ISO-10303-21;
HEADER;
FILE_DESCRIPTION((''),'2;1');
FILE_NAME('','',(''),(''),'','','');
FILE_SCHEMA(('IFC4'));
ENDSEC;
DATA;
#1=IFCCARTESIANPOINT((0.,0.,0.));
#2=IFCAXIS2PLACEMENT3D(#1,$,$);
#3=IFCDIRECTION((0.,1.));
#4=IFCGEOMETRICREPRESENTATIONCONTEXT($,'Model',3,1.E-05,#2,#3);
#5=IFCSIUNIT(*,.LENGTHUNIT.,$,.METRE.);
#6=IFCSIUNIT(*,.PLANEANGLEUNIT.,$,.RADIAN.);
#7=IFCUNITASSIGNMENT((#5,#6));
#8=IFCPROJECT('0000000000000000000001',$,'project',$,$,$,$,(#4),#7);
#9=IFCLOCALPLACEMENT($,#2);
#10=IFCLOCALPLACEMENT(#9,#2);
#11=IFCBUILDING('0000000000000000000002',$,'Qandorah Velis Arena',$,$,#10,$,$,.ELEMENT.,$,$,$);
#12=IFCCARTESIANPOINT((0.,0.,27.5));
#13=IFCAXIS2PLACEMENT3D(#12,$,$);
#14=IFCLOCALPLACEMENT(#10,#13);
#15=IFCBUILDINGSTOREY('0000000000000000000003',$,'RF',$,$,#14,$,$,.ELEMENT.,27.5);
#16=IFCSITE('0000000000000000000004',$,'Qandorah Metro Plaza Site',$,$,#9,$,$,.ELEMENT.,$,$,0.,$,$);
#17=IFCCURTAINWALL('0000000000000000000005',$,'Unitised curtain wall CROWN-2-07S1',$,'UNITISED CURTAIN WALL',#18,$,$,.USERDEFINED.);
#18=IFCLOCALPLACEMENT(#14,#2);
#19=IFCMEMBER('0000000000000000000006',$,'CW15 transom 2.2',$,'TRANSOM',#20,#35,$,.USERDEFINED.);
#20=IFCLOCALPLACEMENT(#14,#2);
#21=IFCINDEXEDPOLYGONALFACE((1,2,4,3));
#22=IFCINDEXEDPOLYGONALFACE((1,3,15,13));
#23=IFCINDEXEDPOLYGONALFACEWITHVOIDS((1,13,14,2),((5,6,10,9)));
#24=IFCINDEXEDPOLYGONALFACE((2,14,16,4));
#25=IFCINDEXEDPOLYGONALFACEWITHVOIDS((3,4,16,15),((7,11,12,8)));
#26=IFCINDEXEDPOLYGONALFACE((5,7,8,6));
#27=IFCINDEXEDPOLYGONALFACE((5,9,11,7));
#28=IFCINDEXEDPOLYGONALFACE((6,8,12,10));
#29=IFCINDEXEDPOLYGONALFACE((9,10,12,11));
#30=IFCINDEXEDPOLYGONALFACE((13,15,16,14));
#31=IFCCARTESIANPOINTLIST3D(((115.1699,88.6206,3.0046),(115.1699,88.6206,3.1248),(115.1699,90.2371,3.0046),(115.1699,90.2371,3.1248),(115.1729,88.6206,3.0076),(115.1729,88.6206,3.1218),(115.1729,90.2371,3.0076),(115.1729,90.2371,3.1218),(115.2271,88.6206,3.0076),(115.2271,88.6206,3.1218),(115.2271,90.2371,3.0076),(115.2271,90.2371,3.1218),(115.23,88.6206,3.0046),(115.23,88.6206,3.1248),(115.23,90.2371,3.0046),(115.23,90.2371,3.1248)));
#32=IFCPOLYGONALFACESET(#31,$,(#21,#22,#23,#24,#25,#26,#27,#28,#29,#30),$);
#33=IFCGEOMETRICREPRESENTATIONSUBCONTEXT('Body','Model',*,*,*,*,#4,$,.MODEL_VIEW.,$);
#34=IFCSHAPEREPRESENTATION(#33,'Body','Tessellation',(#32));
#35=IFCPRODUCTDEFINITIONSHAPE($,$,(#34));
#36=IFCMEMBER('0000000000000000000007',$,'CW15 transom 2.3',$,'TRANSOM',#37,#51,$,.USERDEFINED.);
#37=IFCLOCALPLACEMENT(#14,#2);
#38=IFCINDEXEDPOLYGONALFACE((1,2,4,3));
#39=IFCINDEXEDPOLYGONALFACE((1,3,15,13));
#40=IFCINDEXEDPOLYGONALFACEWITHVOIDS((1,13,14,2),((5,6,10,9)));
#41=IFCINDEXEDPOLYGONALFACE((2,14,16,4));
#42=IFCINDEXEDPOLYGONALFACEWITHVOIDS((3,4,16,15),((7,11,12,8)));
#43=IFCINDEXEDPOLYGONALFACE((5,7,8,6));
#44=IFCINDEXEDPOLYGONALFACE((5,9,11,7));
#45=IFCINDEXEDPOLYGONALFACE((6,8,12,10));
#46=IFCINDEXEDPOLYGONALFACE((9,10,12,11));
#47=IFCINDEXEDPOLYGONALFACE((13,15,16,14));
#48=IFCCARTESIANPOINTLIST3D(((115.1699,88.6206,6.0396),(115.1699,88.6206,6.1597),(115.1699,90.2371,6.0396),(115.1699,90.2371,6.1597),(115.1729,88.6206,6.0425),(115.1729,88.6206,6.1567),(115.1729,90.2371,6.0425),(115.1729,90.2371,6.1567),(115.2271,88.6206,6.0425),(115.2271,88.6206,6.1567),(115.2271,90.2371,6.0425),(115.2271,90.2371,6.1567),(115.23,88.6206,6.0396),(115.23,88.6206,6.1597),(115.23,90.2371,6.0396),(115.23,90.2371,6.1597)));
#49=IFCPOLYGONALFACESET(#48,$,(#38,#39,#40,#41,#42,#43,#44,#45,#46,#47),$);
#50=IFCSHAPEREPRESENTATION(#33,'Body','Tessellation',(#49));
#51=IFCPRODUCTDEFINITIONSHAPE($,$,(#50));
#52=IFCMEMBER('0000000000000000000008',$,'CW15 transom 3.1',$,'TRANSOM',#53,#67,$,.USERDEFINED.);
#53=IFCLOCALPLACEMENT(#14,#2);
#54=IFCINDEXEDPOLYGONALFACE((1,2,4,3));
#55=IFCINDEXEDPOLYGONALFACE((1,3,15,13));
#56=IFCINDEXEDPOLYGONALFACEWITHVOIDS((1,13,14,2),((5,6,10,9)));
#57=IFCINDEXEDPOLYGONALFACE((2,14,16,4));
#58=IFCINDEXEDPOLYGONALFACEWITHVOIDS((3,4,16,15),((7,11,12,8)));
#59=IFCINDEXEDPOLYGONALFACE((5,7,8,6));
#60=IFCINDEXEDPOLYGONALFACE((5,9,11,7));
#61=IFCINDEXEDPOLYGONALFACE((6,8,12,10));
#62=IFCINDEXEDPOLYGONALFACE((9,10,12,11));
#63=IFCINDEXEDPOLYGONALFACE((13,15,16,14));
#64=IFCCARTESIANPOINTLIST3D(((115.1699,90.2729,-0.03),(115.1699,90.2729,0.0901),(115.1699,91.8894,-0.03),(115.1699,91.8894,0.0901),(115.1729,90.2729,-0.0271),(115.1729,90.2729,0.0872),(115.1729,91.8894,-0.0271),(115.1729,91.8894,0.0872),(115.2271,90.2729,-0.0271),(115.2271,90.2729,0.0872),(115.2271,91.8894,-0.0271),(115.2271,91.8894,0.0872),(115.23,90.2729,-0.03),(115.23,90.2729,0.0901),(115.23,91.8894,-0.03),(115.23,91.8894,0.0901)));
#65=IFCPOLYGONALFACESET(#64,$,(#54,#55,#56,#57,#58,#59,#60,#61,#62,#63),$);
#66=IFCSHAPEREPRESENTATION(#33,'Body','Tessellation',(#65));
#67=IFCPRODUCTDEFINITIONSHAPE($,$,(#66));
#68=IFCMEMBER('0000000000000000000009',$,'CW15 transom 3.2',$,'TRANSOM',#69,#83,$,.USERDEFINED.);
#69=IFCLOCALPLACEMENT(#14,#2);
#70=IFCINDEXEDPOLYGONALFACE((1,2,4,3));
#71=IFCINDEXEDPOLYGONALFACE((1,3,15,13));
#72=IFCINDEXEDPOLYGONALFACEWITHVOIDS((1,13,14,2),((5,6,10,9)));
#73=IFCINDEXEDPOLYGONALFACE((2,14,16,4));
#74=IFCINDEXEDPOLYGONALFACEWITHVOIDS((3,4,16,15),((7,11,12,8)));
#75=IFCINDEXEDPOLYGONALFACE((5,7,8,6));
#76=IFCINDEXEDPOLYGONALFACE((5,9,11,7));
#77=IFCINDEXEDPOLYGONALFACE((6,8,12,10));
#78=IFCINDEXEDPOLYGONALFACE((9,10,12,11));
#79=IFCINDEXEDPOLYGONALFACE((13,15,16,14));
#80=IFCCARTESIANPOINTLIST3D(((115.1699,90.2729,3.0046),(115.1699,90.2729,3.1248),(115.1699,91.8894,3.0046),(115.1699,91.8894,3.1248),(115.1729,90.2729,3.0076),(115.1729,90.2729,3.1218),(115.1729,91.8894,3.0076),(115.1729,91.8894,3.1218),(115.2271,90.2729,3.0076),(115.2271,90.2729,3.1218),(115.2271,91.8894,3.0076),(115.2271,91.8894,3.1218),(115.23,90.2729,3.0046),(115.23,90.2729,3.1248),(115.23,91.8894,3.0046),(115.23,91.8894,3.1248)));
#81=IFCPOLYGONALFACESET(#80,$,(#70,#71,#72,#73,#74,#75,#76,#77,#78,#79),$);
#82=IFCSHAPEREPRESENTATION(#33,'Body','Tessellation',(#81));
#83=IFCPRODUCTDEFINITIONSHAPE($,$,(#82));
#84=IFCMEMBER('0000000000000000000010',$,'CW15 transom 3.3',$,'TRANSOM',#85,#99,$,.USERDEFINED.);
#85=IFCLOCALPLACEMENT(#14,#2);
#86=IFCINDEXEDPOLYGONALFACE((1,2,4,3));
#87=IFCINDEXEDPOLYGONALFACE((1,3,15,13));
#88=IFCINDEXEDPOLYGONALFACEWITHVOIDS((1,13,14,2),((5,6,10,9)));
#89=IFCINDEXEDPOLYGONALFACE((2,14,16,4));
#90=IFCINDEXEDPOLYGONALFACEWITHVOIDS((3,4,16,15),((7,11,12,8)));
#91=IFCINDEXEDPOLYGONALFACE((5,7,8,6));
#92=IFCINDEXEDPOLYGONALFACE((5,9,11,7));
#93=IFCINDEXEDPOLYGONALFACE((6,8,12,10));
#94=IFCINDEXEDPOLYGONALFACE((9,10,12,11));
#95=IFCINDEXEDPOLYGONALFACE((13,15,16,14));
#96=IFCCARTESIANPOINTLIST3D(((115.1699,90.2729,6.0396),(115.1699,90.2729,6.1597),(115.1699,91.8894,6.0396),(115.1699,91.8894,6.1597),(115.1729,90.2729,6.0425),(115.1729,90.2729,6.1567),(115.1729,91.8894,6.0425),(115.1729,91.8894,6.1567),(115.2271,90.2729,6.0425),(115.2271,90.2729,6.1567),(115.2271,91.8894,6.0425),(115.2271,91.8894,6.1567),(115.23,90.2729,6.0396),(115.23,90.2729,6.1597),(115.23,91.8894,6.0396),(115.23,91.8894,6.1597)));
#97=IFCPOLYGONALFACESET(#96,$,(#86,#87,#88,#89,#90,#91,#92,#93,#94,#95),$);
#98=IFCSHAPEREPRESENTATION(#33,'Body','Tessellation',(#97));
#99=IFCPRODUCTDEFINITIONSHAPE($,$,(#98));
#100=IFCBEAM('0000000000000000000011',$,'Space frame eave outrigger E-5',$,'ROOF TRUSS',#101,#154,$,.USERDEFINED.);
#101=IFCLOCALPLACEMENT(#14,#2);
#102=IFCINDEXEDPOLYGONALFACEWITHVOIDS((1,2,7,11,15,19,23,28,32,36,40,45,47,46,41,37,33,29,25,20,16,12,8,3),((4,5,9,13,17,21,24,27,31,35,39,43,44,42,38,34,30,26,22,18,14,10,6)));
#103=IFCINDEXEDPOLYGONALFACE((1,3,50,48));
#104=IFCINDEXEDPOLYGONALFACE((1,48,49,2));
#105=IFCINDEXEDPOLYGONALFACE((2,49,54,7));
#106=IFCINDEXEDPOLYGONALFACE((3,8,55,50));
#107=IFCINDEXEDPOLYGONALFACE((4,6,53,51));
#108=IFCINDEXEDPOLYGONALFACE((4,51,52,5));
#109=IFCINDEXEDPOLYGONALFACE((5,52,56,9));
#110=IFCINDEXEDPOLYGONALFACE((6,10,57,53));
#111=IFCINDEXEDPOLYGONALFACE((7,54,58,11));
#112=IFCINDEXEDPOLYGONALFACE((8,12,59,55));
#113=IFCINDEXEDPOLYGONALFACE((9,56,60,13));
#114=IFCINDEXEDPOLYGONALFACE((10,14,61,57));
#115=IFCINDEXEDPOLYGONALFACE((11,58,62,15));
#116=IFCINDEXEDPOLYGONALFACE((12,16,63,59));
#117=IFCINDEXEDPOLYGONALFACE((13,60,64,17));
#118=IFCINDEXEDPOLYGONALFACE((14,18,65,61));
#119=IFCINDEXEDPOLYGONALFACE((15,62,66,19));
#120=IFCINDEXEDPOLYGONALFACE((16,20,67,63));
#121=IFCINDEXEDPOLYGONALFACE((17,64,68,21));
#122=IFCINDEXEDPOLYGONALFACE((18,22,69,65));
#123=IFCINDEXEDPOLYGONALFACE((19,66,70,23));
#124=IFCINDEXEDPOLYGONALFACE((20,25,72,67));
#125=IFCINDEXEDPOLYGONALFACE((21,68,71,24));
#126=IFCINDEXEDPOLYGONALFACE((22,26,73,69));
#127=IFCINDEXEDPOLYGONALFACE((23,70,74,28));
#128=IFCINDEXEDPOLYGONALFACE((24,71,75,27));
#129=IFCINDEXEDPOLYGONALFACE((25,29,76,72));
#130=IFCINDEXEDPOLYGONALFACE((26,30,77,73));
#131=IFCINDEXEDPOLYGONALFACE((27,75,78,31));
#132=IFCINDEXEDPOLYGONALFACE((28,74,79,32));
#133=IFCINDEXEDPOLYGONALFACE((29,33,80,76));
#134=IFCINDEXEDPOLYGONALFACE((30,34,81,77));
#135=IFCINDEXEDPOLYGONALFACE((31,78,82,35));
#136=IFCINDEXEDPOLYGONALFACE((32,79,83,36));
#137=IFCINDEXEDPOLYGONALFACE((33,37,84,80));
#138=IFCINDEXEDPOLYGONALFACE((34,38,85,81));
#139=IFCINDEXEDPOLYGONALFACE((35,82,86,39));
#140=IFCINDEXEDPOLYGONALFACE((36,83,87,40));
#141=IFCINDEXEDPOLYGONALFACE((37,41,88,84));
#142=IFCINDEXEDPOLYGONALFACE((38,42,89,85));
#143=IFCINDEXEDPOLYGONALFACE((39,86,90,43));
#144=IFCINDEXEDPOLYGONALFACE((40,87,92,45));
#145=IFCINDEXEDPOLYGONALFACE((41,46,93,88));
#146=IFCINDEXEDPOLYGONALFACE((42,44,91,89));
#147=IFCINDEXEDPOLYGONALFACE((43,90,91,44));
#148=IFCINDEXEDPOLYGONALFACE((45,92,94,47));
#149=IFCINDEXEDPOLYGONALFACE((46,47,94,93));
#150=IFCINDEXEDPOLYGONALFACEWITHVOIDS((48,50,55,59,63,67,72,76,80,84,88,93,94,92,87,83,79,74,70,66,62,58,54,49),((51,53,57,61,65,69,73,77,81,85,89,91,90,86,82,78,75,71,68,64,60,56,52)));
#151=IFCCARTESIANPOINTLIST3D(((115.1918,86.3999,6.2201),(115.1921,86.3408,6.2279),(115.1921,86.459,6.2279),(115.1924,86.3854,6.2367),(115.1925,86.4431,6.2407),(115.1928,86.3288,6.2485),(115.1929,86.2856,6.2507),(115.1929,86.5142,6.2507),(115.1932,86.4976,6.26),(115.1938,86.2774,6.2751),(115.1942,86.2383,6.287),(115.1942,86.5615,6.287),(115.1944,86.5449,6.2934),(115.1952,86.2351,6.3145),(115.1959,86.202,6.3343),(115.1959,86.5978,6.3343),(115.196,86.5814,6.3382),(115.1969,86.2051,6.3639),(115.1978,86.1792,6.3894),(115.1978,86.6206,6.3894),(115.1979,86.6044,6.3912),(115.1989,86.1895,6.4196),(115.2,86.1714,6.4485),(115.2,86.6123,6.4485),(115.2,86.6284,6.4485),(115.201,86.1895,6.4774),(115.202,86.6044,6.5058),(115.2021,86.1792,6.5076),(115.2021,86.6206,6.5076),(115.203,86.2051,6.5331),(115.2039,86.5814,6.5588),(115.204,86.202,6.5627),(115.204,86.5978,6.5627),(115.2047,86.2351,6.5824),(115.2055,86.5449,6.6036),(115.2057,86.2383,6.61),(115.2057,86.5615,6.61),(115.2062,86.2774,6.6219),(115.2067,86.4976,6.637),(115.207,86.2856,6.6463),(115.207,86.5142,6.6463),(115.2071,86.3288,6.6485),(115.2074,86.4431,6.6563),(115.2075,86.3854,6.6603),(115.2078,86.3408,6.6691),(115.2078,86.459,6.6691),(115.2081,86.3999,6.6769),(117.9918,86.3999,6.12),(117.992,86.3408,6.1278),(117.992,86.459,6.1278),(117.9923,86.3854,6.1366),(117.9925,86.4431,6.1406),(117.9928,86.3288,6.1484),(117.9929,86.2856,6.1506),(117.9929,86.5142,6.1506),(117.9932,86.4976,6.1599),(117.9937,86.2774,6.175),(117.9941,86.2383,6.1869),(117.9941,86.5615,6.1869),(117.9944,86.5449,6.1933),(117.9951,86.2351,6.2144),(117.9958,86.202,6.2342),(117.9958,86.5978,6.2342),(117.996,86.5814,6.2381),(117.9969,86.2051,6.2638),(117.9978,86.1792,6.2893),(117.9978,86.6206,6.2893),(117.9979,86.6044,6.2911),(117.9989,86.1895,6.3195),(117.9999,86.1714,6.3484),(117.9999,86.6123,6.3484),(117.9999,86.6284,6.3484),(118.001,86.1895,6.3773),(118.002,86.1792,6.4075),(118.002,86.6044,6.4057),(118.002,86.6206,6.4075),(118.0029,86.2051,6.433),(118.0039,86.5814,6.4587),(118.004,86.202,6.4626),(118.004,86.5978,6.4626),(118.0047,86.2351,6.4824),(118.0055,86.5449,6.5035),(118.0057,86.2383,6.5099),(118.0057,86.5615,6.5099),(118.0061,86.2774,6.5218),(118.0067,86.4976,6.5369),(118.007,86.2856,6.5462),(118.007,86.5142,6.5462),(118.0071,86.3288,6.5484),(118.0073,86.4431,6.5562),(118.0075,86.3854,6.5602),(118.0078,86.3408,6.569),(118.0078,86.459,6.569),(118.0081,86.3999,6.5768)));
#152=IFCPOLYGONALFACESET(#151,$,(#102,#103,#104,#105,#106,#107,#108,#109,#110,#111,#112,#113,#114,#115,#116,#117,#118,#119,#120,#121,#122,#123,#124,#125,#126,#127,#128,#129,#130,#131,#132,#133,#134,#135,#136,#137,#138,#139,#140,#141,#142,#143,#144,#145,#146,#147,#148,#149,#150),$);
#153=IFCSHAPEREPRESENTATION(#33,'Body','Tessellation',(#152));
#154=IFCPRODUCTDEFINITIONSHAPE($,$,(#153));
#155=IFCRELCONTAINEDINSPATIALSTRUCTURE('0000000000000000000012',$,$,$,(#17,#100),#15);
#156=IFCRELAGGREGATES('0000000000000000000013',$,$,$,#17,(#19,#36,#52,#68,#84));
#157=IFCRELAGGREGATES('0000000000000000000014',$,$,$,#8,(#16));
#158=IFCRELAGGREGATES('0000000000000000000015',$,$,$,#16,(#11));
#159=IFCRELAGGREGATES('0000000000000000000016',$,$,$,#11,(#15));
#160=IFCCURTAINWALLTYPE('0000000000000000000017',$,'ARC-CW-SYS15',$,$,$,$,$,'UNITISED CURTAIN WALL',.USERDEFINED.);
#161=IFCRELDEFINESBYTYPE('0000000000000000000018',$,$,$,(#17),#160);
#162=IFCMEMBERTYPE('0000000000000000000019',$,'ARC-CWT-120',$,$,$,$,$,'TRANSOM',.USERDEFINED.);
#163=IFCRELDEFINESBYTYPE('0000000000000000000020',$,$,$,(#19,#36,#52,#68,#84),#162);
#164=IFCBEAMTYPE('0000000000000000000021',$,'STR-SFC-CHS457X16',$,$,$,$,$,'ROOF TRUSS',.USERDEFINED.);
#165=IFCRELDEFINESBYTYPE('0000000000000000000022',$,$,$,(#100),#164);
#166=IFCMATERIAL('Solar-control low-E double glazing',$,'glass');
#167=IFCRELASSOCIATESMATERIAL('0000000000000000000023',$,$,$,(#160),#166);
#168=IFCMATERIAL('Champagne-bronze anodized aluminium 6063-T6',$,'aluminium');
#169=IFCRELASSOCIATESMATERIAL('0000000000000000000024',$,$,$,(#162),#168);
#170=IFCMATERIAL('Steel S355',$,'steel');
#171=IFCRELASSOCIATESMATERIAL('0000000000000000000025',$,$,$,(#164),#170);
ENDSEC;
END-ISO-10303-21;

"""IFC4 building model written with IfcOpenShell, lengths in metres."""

from ifc_helpers import new_model, si_unit, direction, frame, origin, origin_2d, place, context, subcontext, project, spatial, hollow_rectangle, hollow_circle, extrude, material, material_profile, profile_set, type_object, element, aggregate, save


model = new_model("IFC4")

# Units and contexts
model_context = context("Model", 3, precision=1e-05, world=origin(), true_north=direction((0.0, 1.0)))
body_context = subcontext(model_context, "Body", "Model", "MODEL_VIEW")
ifc_project = project(units=[si_unit("LENGTHUNIT", "METRE"), si_unit("PLANEANGLEUNIT", "RADIAN")], contexts=[model_context])

# Site, building, storey
site_placement = place(None, origin())
site = spatial("IfcSite", under=ifc_project, at=site_placement, Name="Qandorah Metro Plaza Site", CompositionType="ELEMENT", RefElevation=0.0)
building_placement = place(site_placement, origin())
building = spatial("IfcBuilding", under=site, at=building_placement, Name="Qandorah Velis Arena", CompositionType="ELEMENT")
storey_placement = place(building_placement, frame((0.0, 0.0, 27.5)))
storey = spatial("IfcBuildingStorey", under=building, at=storey_placement, Name="RF", CompositionType="ELEMENT", Elevation=27.5)

# Shared definitions
ifc_material_1 = material(Name="Solar-control low-E double glazing", Category="glass")
curtain_wall_type = type_object("IfcCurtainWallType", Name="ARC-CW-SYS15", ElementType="UNITISED CURTAIN WALL", PredefinedType="USERDEFINED", material=ifc_material_1)
ifc_material_2 = material(Name="Champagne-bronze anodized aluminium 6063-T6", Category="aluminium")

# Curtain wall
curtain_wall_1_placement = place(storey_placement, origin())
curtain_wall_1 = element("IfcCurtainWall", 1, at=curtain_wall_1_placement, inside=storey, type_object=curtain_wall_type, Name="Unitised curtain wall CROWN-2-07S1", ObjectType="UNITISED CURTAIN WALL", PredefinedType="USERDEFINED")

# Members
ifc_material_profile_1 = material_profile(ifc_material_2, hollow_rectangle(XDim=0.0601, YDim=0.1201, WallThickness=0.0029, at=origin_2d()), Name="ALU TRANSOM 60x120")
ifc_profile_set_1 = profile_set([ifc_material_profile_1], Name="Champagne-bronze anodized aluminium 6063-T6")
member_type_1 = type_object("IfcMemberType", Name="ARC-CWT-120", ElementType="TRANSOM", PredefinedType="USERDEFINED", material=ifc_profile_set_1)
member_1_placement = place(storey_placement, frame((115.2, 88.6206, 3.0647), z_axis=(0.0, 1.0, 0.0), x_axis=(-1.0, 0.0, 0.0)))
member_1 = element("IfcMember", 2, at=member_1_placement, type_object=member_type_1, Name="CW15 transom 2.2", ObjectType="TRANSOM", PredefinedType="USERDEFINED", context=body_context, shape_type="SweptSolid", body=[
    extrude(hollow_rectangle(XDim=0.0601, YDim=0.1201, WallThickness=0.0029, at=origin_2d()), origin(), (0.0, 0.0, 1.0), 1.6165),
])
member_2_placement = place(storey_placement, frame((115.2, 88.6206, 6.0996), z_axis=(0.0, 1.0, 0.0), x_axis=(-1.0, 0.0, 0.0)))
member_2 = element("IfcMember", 3, at=member_2_placement, type_object=member_type_1, Name="CW15 transom 2.3", ObjectType="TRANSOM", PredefinedType="USERDEFINED", context=body_context, shape_type="SweptSolid", body=[
    extrude(hollow_rectangle(XDim=0.0601, YDim=0.1201, WallThickness=0.0029, at=origin_2d()), origin(), (0.0, 0.0, 1.0), 1.6165),
])
member_3_placement = place(storey_placement, frame((115.2, 90.2729, 0.03), z_axis=(0.0, 1.0, 0.0), x_axis=(-1.0, 0.0, 0.0)))
member_3 = element("IfcMember", 4, at=member_3_placement, type_object=member_type_1, Name="CW15 transom 3.1", ObjectType="TRANSOM", PredefinedType="USERDEFINED", context=body_context, shape_type="SweptSolid", body=[
    extrude(hollow_rectangle(XDim=0.0601, YDim=0.1201, WallThickness=0.0029, at=origin_2d()), origin(), (0.0, 0.0, 1.0), 1.6165),
])
member_4_placement = place(storey_placement, frame((115.2, 90.2729, 3.0647), z_axis=(0.0, 1.0, 0.0), x_axis=(-1.0, 0.0, 0.0)))
member_4 = element("IfcMember", 5, at=member_4_placement, type_object=member_type_1, Name="CW15 transom 3.2", ObjectType="TRANSOM", PredefinedType="USERDEFINED", context=body_context, shape_type="SweptSolid", body=[
    extrude(hollow_rectangle(XDim=0.0601, YDim=0.1201, WallThickness=0.0029, at=origin_2d()), origin(), (0.0, 0.0, 1.0), 1.6165),
])
member_5_placement = place(storey_placement, frame((115.2, 90.2729, 6.0996), z_axis=(0.0, 1.0, 0.0), x_axis=(-1.0, 0.0, 0.0)))
member_5 = element("IfcMember", 6, at=member_5_placement, type_object=member_type_1, Name="CW15 transom 3.3", ObjectType="TRANSOM", PredefinedType="USERDEFINED", context=body_context, shape_type="SweptSolid", body=[
    extrude(hollow_rectangle(XDim=0.0601, YDim=0.1201, WallThickness=0.0029, at=origin_2d()), origin(), (0.0, 0.0, 1.0), 1.6165),
])

# Beam
ifc_material_3 = material(Name="Steel S355", Category="steel")
ifc_material_profile_2 = material_profile(ifc_material_3, hollow_circle(Radius=0.2285, WallThickness=0.0161, at=origin_2d()), Name="CHS 457x16")
ifc_profile_set_2 = profile_set([ifc_material_profile_2], Name="Steel S355")
beam_type_1 = type_object("IfcBeamType", Name="STR-SFC-CHS457X16", ElementType="ROOF TRUSS", PredefinedType="USERDEFINED", material=ifc_profile_set_2)
beam_1_placement = place(storey_placement, frame((115.2, 86.3999, 6.4485), z_axis=(0.999362, 0.0, -0.035726), x_axis=(0.0, 1.0, 0.0)))
element("IfcBeam", 7, at=beam_1_placement, inside=storey, type_object=beam_type_1, Name="Space frame eave outrigger E-5", ObjectType="ROOF TRUSS", PredefinedType="USERDEFINED", context=body_context, shape_type="SweptSolid", body=[
    extrude(hollow_circle(Radius=0.2285, WallThickness=0.0161, at=origin_2d()), origin(), (0.0, 0.0, 1.0), 2.8018),
])

aggregate(curtain_wall_1, [member_1, member_2, member_3, member_4, member_5])

save(model, "model.ifc")
